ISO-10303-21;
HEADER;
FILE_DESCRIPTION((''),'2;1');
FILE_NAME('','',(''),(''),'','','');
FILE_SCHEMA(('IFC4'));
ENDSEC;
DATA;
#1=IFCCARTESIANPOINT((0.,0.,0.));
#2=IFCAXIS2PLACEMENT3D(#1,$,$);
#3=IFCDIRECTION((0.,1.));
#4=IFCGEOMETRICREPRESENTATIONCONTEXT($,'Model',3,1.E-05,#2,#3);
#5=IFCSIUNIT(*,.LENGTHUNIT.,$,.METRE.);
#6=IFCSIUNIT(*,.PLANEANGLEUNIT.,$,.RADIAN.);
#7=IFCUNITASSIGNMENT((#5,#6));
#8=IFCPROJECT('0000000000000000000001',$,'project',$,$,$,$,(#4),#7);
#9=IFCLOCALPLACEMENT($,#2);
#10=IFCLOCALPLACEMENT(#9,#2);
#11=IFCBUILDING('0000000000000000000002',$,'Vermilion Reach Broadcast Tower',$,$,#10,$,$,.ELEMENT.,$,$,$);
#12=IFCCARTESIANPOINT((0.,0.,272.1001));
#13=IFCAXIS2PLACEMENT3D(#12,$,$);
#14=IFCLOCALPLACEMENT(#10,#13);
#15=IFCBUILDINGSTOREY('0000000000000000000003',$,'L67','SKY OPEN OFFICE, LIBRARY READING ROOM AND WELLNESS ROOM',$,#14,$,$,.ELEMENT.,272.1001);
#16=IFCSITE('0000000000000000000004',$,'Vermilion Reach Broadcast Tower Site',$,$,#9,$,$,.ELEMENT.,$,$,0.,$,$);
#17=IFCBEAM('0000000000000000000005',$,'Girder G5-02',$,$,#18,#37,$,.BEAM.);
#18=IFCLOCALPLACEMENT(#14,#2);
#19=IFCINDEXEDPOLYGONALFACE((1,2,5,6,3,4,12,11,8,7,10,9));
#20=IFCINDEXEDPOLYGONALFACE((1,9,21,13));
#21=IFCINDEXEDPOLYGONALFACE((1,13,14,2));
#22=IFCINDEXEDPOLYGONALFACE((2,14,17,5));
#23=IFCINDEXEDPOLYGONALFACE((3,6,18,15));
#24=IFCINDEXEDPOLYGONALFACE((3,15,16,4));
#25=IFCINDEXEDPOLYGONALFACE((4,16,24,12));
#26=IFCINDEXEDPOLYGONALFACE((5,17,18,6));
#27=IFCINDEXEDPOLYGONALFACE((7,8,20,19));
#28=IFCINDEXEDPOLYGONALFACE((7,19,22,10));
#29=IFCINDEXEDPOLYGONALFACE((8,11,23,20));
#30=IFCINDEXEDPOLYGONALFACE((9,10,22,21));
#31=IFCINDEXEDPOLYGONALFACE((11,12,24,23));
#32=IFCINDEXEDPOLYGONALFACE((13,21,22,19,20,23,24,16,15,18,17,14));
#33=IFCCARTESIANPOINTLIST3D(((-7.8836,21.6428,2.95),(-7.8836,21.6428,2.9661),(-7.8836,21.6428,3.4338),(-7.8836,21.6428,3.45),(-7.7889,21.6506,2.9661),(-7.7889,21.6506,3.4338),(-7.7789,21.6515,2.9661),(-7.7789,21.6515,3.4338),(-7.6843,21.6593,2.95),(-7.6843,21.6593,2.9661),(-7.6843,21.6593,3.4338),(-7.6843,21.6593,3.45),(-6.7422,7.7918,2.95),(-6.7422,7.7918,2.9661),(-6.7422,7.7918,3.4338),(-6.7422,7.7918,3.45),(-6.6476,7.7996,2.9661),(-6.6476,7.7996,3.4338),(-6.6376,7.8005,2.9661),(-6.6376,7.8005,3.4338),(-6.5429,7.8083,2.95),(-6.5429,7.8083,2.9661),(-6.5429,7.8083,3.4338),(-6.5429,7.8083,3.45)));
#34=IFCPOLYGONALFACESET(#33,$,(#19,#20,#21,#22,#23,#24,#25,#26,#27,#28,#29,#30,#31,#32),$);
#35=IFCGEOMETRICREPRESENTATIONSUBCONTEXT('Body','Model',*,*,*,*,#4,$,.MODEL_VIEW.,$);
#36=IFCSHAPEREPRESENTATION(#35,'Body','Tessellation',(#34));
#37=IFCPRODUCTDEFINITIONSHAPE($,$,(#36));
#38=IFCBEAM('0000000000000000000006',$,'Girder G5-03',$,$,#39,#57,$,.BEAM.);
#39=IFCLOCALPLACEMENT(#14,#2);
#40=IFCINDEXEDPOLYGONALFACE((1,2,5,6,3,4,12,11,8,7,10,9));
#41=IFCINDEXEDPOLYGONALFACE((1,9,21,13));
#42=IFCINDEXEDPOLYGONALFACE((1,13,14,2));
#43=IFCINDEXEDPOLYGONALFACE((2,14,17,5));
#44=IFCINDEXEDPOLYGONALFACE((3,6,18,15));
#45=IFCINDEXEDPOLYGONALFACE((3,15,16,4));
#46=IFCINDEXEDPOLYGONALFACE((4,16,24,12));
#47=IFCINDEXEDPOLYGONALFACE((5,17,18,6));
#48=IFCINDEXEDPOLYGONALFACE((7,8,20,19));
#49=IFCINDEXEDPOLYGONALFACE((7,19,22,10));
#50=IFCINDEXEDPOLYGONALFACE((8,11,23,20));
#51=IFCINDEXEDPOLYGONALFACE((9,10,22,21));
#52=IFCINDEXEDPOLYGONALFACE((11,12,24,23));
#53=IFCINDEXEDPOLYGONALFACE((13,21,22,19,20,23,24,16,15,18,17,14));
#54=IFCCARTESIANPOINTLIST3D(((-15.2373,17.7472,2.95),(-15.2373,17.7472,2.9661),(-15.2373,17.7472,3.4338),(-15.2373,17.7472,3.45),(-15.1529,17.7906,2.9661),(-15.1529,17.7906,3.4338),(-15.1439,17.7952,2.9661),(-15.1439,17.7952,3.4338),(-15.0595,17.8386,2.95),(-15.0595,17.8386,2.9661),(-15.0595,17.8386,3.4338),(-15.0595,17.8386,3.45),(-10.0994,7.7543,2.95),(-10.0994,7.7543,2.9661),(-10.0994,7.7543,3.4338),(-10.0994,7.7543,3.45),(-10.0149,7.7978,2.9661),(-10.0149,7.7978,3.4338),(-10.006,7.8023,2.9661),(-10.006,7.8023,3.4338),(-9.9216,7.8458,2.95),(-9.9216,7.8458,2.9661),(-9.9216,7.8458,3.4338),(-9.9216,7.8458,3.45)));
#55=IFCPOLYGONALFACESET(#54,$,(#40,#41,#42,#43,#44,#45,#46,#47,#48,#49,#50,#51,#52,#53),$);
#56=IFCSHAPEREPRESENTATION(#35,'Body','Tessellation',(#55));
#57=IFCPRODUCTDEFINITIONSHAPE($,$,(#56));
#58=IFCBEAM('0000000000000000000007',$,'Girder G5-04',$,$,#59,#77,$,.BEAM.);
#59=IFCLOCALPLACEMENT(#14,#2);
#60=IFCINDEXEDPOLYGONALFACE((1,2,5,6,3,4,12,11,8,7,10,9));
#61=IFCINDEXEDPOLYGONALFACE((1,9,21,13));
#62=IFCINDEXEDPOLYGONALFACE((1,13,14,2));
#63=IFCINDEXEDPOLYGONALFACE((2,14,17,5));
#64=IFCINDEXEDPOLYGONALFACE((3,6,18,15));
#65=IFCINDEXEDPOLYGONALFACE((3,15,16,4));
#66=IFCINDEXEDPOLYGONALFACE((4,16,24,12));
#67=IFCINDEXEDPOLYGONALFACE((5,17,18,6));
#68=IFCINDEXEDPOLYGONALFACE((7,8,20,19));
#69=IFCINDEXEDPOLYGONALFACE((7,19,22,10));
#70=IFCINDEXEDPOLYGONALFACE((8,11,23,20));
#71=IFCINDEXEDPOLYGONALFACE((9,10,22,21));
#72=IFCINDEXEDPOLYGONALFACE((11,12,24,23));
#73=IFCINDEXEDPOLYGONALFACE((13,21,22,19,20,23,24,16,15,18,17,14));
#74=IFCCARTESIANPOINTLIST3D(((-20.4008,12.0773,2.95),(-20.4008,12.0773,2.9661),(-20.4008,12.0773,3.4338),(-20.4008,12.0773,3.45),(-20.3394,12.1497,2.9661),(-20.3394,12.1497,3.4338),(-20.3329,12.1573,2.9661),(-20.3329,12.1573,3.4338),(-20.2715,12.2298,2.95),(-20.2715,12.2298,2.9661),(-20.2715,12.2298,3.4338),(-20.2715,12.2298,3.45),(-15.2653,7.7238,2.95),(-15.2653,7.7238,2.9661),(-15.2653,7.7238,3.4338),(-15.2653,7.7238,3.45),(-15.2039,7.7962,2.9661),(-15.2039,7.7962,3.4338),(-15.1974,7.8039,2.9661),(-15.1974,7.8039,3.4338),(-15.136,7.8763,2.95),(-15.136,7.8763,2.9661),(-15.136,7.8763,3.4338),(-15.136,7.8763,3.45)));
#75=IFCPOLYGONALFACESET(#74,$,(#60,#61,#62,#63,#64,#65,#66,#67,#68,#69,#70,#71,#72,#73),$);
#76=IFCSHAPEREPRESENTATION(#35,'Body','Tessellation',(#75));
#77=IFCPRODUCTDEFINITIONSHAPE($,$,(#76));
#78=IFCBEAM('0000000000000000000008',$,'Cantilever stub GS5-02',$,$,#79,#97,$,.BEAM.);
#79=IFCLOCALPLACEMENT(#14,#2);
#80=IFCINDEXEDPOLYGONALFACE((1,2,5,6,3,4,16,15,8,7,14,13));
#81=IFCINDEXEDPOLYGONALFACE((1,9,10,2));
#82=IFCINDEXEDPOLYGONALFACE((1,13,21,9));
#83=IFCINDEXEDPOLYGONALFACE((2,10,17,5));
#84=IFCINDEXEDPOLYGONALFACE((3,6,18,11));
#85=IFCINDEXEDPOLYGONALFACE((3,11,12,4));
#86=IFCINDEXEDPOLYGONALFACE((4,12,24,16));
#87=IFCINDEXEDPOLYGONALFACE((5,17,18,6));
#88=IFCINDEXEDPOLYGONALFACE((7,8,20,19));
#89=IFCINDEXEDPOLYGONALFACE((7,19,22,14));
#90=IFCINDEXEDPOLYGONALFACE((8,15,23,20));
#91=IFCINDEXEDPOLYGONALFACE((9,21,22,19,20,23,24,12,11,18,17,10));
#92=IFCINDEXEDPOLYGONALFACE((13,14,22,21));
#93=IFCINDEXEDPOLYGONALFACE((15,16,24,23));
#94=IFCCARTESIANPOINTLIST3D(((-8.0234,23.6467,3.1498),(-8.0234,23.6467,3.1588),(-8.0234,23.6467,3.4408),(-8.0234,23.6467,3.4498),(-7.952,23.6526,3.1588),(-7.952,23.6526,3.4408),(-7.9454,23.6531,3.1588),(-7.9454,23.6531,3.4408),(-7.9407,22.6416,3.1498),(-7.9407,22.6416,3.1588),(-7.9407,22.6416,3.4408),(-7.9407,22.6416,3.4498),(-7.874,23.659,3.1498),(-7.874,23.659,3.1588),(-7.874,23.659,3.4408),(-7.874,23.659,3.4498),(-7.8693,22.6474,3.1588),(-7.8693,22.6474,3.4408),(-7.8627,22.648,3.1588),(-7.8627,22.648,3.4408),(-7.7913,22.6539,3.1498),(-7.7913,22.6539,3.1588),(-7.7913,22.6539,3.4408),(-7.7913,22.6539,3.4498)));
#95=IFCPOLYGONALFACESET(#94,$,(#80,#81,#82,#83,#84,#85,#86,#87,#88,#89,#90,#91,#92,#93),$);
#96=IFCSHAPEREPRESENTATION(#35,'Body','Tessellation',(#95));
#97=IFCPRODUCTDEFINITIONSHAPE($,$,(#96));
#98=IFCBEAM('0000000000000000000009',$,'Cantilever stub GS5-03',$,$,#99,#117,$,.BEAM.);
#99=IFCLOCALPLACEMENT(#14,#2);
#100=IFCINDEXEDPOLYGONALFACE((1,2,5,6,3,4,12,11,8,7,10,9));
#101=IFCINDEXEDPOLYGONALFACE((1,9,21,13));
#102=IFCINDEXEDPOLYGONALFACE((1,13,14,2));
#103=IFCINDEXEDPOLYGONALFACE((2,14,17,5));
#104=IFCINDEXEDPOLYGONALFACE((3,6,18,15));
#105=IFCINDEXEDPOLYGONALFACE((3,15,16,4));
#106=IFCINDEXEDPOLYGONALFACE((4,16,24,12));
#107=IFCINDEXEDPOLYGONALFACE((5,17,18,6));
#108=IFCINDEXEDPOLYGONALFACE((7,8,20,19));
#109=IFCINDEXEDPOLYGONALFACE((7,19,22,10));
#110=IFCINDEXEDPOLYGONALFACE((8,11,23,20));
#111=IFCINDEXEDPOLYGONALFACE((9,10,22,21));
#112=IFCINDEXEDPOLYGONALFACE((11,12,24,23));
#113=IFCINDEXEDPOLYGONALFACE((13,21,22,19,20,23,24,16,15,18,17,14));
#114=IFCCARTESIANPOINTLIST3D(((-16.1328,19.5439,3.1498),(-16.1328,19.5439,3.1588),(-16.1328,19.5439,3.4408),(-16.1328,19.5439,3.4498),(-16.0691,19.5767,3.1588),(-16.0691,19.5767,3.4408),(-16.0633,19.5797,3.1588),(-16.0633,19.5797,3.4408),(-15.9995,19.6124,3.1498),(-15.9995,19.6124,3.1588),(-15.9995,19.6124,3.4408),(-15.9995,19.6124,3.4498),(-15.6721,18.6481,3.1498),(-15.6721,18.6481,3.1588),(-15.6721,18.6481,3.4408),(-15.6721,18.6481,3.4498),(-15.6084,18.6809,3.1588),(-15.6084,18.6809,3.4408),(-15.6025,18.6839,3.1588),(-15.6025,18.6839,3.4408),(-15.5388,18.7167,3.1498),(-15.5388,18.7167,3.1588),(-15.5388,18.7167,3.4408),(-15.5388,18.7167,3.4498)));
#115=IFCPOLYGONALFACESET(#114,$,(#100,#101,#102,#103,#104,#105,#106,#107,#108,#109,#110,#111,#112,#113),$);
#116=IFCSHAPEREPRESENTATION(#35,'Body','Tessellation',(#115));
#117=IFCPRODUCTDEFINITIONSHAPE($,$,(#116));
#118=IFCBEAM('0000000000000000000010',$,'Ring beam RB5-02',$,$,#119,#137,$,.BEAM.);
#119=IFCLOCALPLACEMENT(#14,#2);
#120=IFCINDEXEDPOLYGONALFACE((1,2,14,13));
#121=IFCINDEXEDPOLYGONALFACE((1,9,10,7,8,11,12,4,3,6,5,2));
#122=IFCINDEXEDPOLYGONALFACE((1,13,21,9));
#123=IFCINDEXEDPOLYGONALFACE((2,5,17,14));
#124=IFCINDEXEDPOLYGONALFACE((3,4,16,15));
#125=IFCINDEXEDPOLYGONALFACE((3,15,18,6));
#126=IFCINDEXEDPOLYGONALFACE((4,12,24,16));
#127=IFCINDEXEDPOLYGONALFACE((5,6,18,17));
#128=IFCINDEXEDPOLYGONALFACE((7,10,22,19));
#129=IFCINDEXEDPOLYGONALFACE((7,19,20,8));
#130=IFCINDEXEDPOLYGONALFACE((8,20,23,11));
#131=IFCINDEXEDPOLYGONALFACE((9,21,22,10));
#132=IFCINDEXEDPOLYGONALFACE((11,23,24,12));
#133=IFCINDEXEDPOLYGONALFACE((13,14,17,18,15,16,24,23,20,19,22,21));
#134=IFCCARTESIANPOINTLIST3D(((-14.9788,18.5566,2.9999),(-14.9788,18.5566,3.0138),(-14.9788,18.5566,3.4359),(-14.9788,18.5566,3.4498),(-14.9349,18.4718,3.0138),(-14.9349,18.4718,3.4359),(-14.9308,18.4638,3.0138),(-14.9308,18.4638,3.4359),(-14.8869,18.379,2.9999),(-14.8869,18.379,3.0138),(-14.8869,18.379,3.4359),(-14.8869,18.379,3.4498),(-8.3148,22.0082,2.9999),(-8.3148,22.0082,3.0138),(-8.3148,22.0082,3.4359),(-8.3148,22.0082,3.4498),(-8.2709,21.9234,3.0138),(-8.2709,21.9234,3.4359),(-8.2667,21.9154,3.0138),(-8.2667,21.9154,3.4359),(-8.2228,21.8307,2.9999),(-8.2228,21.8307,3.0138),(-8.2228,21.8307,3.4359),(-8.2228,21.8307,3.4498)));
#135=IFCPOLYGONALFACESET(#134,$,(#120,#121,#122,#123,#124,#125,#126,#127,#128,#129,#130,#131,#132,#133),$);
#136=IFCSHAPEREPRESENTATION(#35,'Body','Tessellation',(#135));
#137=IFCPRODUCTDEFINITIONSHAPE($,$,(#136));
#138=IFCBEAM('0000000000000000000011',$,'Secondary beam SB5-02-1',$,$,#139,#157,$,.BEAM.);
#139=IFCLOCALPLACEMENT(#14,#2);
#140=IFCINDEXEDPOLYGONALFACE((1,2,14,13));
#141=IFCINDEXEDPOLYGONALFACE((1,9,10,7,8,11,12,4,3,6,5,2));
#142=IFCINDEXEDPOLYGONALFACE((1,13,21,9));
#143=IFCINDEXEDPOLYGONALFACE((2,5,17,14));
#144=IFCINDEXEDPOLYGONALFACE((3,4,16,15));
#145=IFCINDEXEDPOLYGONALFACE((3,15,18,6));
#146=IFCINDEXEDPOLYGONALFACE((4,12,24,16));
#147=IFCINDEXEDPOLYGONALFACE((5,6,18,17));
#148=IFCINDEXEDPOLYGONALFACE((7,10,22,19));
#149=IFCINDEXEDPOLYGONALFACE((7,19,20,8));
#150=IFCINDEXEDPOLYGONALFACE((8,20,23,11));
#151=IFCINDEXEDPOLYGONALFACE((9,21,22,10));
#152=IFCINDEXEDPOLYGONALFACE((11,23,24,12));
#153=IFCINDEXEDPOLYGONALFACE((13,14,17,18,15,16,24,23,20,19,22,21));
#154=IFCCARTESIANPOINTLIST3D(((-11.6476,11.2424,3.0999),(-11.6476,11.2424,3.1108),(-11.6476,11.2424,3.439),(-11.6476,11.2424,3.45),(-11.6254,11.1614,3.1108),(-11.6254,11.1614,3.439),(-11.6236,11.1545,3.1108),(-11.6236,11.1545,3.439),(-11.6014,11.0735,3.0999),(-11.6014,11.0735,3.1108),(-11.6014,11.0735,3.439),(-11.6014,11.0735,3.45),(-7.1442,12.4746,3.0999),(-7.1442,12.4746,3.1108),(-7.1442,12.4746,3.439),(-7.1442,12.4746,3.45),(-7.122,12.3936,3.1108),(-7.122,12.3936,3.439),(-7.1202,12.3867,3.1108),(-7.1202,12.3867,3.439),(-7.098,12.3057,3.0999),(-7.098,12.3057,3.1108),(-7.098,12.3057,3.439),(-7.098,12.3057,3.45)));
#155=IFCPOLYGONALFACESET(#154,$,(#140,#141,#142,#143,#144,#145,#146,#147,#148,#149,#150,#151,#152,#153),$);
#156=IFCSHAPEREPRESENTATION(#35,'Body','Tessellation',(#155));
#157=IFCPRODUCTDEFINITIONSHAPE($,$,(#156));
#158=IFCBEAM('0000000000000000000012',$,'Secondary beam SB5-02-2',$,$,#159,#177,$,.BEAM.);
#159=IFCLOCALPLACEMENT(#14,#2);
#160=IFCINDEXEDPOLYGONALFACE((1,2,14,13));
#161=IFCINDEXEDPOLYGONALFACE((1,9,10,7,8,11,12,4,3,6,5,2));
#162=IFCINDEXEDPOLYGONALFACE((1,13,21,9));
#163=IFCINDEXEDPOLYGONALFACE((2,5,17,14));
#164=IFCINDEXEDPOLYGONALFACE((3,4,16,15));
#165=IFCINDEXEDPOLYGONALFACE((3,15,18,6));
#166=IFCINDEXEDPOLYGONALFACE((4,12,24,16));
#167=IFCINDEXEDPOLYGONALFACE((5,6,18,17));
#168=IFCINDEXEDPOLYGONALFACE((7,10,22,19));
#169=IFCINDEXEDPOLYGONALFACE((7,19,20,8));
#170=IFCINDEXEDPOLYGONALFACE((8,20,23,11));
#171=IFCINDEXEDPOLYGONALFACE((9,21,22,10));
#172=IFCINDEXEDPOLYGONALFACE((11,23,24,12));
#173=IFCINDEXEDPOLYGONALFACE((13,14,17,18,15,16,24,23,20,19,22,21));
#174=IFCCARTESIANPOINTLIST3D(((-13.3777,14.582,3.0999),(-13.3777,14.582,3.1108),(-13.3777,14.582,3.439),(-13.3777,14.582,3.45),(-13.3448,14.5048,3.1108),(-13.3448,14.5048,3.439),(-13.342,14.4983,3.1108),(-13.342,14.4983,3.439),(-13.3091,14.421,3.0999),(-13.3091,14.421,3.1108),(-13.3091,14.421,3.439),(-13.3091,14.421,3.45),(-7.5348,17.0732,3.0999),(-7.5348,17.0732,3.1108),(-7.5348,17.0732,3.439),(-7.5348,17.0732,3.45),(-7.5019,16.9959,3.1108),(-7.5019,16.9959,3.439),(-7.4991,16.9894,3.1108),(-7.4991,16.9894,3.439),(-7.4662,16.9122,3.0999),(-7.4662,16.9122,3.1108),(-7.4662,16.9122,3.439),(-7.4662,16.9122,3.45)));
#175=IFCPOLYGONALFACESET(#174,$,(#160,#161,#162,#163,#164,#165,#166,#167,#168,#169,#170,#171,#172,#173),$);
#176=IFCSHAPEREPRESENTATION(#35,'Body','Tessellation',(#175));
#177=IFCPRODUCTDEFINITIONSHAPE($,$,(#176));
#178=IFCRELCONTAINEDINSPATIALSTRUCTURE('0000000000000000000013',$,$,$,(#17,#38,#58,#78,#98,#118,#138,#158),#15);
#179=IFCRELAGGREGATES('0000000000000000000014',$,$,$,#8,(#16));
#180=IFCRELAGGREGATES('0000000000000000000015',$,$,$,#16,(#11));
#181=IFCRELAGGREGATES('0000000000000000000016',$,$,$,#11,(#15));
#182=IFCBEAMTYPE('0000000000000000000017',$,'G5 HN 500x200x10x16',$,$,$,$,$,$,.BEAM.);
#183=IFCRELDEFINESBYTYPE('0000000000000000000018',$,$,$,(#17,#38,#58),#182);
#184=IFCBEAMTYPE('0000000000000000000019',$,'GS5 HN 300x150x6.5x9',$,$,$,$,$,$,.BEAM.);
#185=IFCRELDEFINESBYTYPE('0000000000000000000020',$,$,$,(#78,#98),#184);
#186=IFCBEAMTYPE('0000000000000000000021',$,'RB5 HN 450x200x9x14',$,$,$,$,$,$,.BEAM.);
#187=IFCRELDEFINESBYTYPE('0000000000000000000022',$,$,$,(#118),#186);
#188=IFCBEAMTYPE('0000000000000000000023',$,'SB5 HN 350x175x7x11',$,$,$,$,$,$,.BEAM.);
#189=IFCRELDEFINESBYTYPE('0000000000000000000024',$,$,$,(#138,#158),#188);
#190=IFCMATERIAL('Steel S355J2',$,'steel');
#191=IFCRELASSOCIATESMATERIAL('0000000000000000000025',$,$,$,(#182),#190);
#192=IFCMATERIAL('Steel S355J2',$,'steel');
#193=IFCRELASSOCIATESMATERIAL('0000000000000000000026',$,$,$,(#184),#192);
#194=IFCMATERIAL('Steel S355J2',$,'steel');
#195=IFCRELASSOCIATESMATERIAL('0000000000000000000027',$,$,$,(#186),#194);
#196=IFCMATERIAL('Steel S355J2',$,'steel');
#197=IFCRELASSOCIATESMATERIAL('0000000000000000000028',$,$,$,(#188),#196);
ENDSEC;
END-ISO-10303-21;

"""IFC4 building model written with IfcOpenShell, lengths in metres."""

from ifc_helpers import new_model, si_unit, direction, frame, origin, origin_2d, place, context, subcontext, project, spatial, i_section, extrude, material, material_profile, profile_set, type_object, element, save


model = new_model("IFC4")

# Units and contexts
model_context = context("Model", 3, precision=1e-05, world=origin(), true_north=direction((0.0, 1.0)))
body_context = subcontext(model_context, "Body", "Model", "MODEL_VIEW")
ifc_project = project(units=[si_unit("LENGTHUNIT", "METRE"), si_unit("PLANEANGLEUNIT", "RADIAN")], contexts=[model_context])

# Site, building, storey
site_placement = place(None, origin())
site = spatial("IfcSite", under=ifc_project, at=site_placement, Name="Vermilion Reach Broadcast Tower Site", CompositionType="ELEMENT", RefElevation=0.0)
building_placement = place(site_placement, origin())
building = spatial("IfcBuilding", under=site, at=building_placement, Name="Vermilion Reach Broadcast Tower", CompositionType="ELEMENT")
storey_placement = place(building_placement, frame((0.0, 0.0, 272.1001)))
storey = spatial("IfcBuildingStorey", under=building, at=storey_placement, Name="L67", Description="SKY OPEN OFFICE, LIBRARY READING ROOM AND WELLNESS ROOM", CompositionType="ELEMENT", Elevation=272.1001)

# Beams
ifc_material_1 = material(Name="Steel S355J2", Category="steel")
ifc_material_profile_1 = material_profile(ifc_material_1, i_section(OverallWidth=0.2, OverallDepth=0.5, WebThickness=0.01, FlangeThickness=0.0161, at=origin_2d()), Name="S355J2 HN 500x200x10x16")
ifc_profile_set_1 = profile_set([ifc_material_profile_1], Name="Steel S355J2")
beam_type_1 = type_object("IfcBeamType", Name="G5 HN 500x200x10x16", PredefinedType="BEAM", material=ifc_profile_set_1)
beam_1_placement = place(storey_placement, frame((-6.6426, 7.8, 3.2), z_axis=(-0.082124, 0.996622, 0.0), x_axis=(-0.996622, -0.082124, 0.0)))
element("IfcBeam", 1, at=beam_1_placement, inside=storey, type_object=beam_type_1, Name="Girder G5-02", PredefinedType="BEAM", context=body_context, shape_type="SweptSolid", body=[
    extrude(i_section(OverallWidth=0.2, OverallDepth=0.5, WebThickness=0.01, FlangeThickness=0.0161, at=origin_2d()), origin(), (0.0, 0.0, 1.0), 13.8979),
])
beam_2_placement = place(storey_placement, frame((-10.0105, 7.8, 3.2), z_axis=(-0.457258, 0.889334, 0.0), x_axis=(-0.889334, -0.457258, 0.0)))
element("IfcBeam", 2, at=beam_2_placement, inside=storey, type_object=beam_type_1, Name="Girder G5-03", PredefinedType="BEAM", context=body_context, shape_type="SweptSolid", body=[
    extrude(i_section(OverallWidth=0.2, OverallDepth=0.5, WebThickness=0.01, FlangeThickness=0.0161, at=origin_2d()), origin(), (0.0, 0.0, 1.0), 11.2363),
])
beam_3_placement = place(storey_placement, frame((-15.2007, 7.8, 3.2), z_axis=(-0.762793, 0.646643, 0.0), x_axis=(-0.646643, -0.762793, 0.0)))
element("IfcBeam", 3, at=beam_3_placement, inside=storey, type_object=beam_type_1, Name="Girder G5-04", PredefinedType="BEAM", context=body_context, shape_type="SweptSolid", body=[
    extrude(i_section(OverallWidth=0.2, OverallDepth=0.5, WebThickness=0.01, FlangeThickness=0.0161, at=origin_2d()), origin(), (0.0, 0.0, 1.0), 6.7324),
])
ifc_material_2 = material(Name="Steel S355J2", Category="steel")
ifc_material_profile_2 = material_profile(ifc_material_2, i_section(OverallWidth=0.1499, OverallDepth=0.3, WebThickness=0.0066, FlangeThickness=0.009, at=origin_2d()), Name="S355J2 HN 300x150x6.5x9")
ifc_profile_set_2 = profile_set([ifc_material_profile_2], Name="Steel S355J2")
beam_type_2 = type_object("IfcBeamType", Name="GS5 HN 300x150x6.5x9", PredefinedType="BEAM", material=ifc_profile_set_2)
beam_4_placement = place(storey_placement, frame((-7.866, 22.6477, 3.2998), z_axis=(-0.082064, 0.996627, 0.0), x_axis=(-0.996627, -0.082064, 0.0)))
element("IfcBeam", 4, at=beam_4_placement, inside=storey, type_object=beam_type_2, Name="Cantilever stub GS5-02", PredefinedType="BEAM", context=body_context, shape_type="SweptSolid", body=[
    extrude(i_section(OverallWidth=0.1499, OverallDepth=0.3, WebThickness=0.0066, FlangeThickness=0.009, at=origin_2d()), origin(), (0.0, 0.0, 1.0), 1.0085),
])
beam_5_placement = place(storey_placement, frame((-15.6055, 18.6824, 3.2998), z_axis=(-0.457364, 0.889279, 0.0), x_axis=(-0.889279, -0.457364, 0.0)))
element("IfcBeam", 5, at=beam_5_placement, inside=storey, type_object=beam_type_2, Name="Cantilever stub GS5-03", PredefinedType="BEAM", context=body_context, shape_type="SweptSolid", body=[
    extrude(i_section(OverallWidth=0.1499, OverallDepth=0.3, WebThickness=0.0066, FlangeThickness=0.009, at=origin_2d()), origin(), (0.0, 0.0, 1.0), 1.0073),
])
ifc_material_3 = material(Name="Steel S355J2", Category="steel")
ifc_material_profile_3 = material_profile(ifc_material_3, i_section(OverallWidth=0.2, OverallDepth=0.45, WebThickness=0.009, FlangeThickness=0.0139, at=origin_2d()), Name="S355J2 HN 450x200x9x14")
ifc_profile_set_3 = profile_set([ifc_material_profile_3], Name="Steel S355J2")
beam_type_3 = type_object("IfcBeamType", Name="RB5 HN 450x200x9x14", PredefinedType="BEAM", material=ifc_profile_set_3)
beam_6_placement = place(storey_placement, frame((-8.2688, 21.9194, 3.2249), z_axis=(-0.88796, -0.45992, 0.0), x_axis=(0.45992, -0.88796, 0.0)))
element("IfcBeam", 6, at=beam_6_placement, inside=storey, type_object=beam_type_3, Name="Ring beam RB5-02", PredefinedType="BEAM", context=body_context, shape_type="SweptSolid", body=[
    extrude(i_section(OverallWidth=0.2, OverallDepth=0.45, WebThickness=0.009, FlangeThickness=0.0139, at=origin_2d()), origin(), (0.0, 0.0, 1.0), 7.5049),
])
ifc_material_4 = material(Name="Steel S355J2", Category="steel")
ifc_material_profile_4 = material_profile(ifc_material_4, i_section(OverallWidth=0.175, OverallDepth=0.3501, WebThickness=0.0071, FlangeThickness=0.011, at=origin_2d()), Name="S355J2 HN 350x175x7x11")
ifc_profile_set_4 = profile_set([ifc_material_profile_4], Name="Steel S355J2")
beam_type_4 = type_object("IfcBeamType", Name="SB5 HN 350x175x7x11", PredefinedType="BEAM", material=ifc_profile_set_4)
beam_7_placement = place(storey_placement, frame((-7.1211, 12.3901, 3.2749), z_axis=(-0.964547, -0.263909, 0.0), x_axis=(0.263909, -0.964547, 0.0)))
element("IfcBeam", 7, at=beam_7_placement, inside=storey, type_object=beam_type_4, Name="Secondary beam SB5-02-1", PredefinedType="BEAM", context=body_context, shape_type="SweptSolid", body=[
    extrude(i_section(OverallWidth=0.175, OverallDepth=0.3501, WebThickness=0.0071, FlangeThickness=0.011, at=origin_2d()), origin(), (0.0, 0.0, 1.0), 4.6689),
])
beam_8_placement = place(storey_placement, frame((-7.5005, 16.9927, 3.2749), z_axis=(-0.919881, -0.392198, 0.0), x_axis=(0.392198, -0.919881, 0.0)))
element("IfcBeam", 8, at=beam_8_placement, inside=storey, type_object=beam_type_4, Name="Secondary beam SB5-02-2", PredefinedType="BEAM", context=body_context, shape_type="SweptSolid", body=[
    extrude(i_section(OverallWidth=0.175, OverallDepth=0.3501, WebThickness=0.0071, FlangeThickness=0.011, at=origin_2d()), origin(), (0.0, 0.0, 1.0), 6.3518),
])

save(model, "model.ifc")
